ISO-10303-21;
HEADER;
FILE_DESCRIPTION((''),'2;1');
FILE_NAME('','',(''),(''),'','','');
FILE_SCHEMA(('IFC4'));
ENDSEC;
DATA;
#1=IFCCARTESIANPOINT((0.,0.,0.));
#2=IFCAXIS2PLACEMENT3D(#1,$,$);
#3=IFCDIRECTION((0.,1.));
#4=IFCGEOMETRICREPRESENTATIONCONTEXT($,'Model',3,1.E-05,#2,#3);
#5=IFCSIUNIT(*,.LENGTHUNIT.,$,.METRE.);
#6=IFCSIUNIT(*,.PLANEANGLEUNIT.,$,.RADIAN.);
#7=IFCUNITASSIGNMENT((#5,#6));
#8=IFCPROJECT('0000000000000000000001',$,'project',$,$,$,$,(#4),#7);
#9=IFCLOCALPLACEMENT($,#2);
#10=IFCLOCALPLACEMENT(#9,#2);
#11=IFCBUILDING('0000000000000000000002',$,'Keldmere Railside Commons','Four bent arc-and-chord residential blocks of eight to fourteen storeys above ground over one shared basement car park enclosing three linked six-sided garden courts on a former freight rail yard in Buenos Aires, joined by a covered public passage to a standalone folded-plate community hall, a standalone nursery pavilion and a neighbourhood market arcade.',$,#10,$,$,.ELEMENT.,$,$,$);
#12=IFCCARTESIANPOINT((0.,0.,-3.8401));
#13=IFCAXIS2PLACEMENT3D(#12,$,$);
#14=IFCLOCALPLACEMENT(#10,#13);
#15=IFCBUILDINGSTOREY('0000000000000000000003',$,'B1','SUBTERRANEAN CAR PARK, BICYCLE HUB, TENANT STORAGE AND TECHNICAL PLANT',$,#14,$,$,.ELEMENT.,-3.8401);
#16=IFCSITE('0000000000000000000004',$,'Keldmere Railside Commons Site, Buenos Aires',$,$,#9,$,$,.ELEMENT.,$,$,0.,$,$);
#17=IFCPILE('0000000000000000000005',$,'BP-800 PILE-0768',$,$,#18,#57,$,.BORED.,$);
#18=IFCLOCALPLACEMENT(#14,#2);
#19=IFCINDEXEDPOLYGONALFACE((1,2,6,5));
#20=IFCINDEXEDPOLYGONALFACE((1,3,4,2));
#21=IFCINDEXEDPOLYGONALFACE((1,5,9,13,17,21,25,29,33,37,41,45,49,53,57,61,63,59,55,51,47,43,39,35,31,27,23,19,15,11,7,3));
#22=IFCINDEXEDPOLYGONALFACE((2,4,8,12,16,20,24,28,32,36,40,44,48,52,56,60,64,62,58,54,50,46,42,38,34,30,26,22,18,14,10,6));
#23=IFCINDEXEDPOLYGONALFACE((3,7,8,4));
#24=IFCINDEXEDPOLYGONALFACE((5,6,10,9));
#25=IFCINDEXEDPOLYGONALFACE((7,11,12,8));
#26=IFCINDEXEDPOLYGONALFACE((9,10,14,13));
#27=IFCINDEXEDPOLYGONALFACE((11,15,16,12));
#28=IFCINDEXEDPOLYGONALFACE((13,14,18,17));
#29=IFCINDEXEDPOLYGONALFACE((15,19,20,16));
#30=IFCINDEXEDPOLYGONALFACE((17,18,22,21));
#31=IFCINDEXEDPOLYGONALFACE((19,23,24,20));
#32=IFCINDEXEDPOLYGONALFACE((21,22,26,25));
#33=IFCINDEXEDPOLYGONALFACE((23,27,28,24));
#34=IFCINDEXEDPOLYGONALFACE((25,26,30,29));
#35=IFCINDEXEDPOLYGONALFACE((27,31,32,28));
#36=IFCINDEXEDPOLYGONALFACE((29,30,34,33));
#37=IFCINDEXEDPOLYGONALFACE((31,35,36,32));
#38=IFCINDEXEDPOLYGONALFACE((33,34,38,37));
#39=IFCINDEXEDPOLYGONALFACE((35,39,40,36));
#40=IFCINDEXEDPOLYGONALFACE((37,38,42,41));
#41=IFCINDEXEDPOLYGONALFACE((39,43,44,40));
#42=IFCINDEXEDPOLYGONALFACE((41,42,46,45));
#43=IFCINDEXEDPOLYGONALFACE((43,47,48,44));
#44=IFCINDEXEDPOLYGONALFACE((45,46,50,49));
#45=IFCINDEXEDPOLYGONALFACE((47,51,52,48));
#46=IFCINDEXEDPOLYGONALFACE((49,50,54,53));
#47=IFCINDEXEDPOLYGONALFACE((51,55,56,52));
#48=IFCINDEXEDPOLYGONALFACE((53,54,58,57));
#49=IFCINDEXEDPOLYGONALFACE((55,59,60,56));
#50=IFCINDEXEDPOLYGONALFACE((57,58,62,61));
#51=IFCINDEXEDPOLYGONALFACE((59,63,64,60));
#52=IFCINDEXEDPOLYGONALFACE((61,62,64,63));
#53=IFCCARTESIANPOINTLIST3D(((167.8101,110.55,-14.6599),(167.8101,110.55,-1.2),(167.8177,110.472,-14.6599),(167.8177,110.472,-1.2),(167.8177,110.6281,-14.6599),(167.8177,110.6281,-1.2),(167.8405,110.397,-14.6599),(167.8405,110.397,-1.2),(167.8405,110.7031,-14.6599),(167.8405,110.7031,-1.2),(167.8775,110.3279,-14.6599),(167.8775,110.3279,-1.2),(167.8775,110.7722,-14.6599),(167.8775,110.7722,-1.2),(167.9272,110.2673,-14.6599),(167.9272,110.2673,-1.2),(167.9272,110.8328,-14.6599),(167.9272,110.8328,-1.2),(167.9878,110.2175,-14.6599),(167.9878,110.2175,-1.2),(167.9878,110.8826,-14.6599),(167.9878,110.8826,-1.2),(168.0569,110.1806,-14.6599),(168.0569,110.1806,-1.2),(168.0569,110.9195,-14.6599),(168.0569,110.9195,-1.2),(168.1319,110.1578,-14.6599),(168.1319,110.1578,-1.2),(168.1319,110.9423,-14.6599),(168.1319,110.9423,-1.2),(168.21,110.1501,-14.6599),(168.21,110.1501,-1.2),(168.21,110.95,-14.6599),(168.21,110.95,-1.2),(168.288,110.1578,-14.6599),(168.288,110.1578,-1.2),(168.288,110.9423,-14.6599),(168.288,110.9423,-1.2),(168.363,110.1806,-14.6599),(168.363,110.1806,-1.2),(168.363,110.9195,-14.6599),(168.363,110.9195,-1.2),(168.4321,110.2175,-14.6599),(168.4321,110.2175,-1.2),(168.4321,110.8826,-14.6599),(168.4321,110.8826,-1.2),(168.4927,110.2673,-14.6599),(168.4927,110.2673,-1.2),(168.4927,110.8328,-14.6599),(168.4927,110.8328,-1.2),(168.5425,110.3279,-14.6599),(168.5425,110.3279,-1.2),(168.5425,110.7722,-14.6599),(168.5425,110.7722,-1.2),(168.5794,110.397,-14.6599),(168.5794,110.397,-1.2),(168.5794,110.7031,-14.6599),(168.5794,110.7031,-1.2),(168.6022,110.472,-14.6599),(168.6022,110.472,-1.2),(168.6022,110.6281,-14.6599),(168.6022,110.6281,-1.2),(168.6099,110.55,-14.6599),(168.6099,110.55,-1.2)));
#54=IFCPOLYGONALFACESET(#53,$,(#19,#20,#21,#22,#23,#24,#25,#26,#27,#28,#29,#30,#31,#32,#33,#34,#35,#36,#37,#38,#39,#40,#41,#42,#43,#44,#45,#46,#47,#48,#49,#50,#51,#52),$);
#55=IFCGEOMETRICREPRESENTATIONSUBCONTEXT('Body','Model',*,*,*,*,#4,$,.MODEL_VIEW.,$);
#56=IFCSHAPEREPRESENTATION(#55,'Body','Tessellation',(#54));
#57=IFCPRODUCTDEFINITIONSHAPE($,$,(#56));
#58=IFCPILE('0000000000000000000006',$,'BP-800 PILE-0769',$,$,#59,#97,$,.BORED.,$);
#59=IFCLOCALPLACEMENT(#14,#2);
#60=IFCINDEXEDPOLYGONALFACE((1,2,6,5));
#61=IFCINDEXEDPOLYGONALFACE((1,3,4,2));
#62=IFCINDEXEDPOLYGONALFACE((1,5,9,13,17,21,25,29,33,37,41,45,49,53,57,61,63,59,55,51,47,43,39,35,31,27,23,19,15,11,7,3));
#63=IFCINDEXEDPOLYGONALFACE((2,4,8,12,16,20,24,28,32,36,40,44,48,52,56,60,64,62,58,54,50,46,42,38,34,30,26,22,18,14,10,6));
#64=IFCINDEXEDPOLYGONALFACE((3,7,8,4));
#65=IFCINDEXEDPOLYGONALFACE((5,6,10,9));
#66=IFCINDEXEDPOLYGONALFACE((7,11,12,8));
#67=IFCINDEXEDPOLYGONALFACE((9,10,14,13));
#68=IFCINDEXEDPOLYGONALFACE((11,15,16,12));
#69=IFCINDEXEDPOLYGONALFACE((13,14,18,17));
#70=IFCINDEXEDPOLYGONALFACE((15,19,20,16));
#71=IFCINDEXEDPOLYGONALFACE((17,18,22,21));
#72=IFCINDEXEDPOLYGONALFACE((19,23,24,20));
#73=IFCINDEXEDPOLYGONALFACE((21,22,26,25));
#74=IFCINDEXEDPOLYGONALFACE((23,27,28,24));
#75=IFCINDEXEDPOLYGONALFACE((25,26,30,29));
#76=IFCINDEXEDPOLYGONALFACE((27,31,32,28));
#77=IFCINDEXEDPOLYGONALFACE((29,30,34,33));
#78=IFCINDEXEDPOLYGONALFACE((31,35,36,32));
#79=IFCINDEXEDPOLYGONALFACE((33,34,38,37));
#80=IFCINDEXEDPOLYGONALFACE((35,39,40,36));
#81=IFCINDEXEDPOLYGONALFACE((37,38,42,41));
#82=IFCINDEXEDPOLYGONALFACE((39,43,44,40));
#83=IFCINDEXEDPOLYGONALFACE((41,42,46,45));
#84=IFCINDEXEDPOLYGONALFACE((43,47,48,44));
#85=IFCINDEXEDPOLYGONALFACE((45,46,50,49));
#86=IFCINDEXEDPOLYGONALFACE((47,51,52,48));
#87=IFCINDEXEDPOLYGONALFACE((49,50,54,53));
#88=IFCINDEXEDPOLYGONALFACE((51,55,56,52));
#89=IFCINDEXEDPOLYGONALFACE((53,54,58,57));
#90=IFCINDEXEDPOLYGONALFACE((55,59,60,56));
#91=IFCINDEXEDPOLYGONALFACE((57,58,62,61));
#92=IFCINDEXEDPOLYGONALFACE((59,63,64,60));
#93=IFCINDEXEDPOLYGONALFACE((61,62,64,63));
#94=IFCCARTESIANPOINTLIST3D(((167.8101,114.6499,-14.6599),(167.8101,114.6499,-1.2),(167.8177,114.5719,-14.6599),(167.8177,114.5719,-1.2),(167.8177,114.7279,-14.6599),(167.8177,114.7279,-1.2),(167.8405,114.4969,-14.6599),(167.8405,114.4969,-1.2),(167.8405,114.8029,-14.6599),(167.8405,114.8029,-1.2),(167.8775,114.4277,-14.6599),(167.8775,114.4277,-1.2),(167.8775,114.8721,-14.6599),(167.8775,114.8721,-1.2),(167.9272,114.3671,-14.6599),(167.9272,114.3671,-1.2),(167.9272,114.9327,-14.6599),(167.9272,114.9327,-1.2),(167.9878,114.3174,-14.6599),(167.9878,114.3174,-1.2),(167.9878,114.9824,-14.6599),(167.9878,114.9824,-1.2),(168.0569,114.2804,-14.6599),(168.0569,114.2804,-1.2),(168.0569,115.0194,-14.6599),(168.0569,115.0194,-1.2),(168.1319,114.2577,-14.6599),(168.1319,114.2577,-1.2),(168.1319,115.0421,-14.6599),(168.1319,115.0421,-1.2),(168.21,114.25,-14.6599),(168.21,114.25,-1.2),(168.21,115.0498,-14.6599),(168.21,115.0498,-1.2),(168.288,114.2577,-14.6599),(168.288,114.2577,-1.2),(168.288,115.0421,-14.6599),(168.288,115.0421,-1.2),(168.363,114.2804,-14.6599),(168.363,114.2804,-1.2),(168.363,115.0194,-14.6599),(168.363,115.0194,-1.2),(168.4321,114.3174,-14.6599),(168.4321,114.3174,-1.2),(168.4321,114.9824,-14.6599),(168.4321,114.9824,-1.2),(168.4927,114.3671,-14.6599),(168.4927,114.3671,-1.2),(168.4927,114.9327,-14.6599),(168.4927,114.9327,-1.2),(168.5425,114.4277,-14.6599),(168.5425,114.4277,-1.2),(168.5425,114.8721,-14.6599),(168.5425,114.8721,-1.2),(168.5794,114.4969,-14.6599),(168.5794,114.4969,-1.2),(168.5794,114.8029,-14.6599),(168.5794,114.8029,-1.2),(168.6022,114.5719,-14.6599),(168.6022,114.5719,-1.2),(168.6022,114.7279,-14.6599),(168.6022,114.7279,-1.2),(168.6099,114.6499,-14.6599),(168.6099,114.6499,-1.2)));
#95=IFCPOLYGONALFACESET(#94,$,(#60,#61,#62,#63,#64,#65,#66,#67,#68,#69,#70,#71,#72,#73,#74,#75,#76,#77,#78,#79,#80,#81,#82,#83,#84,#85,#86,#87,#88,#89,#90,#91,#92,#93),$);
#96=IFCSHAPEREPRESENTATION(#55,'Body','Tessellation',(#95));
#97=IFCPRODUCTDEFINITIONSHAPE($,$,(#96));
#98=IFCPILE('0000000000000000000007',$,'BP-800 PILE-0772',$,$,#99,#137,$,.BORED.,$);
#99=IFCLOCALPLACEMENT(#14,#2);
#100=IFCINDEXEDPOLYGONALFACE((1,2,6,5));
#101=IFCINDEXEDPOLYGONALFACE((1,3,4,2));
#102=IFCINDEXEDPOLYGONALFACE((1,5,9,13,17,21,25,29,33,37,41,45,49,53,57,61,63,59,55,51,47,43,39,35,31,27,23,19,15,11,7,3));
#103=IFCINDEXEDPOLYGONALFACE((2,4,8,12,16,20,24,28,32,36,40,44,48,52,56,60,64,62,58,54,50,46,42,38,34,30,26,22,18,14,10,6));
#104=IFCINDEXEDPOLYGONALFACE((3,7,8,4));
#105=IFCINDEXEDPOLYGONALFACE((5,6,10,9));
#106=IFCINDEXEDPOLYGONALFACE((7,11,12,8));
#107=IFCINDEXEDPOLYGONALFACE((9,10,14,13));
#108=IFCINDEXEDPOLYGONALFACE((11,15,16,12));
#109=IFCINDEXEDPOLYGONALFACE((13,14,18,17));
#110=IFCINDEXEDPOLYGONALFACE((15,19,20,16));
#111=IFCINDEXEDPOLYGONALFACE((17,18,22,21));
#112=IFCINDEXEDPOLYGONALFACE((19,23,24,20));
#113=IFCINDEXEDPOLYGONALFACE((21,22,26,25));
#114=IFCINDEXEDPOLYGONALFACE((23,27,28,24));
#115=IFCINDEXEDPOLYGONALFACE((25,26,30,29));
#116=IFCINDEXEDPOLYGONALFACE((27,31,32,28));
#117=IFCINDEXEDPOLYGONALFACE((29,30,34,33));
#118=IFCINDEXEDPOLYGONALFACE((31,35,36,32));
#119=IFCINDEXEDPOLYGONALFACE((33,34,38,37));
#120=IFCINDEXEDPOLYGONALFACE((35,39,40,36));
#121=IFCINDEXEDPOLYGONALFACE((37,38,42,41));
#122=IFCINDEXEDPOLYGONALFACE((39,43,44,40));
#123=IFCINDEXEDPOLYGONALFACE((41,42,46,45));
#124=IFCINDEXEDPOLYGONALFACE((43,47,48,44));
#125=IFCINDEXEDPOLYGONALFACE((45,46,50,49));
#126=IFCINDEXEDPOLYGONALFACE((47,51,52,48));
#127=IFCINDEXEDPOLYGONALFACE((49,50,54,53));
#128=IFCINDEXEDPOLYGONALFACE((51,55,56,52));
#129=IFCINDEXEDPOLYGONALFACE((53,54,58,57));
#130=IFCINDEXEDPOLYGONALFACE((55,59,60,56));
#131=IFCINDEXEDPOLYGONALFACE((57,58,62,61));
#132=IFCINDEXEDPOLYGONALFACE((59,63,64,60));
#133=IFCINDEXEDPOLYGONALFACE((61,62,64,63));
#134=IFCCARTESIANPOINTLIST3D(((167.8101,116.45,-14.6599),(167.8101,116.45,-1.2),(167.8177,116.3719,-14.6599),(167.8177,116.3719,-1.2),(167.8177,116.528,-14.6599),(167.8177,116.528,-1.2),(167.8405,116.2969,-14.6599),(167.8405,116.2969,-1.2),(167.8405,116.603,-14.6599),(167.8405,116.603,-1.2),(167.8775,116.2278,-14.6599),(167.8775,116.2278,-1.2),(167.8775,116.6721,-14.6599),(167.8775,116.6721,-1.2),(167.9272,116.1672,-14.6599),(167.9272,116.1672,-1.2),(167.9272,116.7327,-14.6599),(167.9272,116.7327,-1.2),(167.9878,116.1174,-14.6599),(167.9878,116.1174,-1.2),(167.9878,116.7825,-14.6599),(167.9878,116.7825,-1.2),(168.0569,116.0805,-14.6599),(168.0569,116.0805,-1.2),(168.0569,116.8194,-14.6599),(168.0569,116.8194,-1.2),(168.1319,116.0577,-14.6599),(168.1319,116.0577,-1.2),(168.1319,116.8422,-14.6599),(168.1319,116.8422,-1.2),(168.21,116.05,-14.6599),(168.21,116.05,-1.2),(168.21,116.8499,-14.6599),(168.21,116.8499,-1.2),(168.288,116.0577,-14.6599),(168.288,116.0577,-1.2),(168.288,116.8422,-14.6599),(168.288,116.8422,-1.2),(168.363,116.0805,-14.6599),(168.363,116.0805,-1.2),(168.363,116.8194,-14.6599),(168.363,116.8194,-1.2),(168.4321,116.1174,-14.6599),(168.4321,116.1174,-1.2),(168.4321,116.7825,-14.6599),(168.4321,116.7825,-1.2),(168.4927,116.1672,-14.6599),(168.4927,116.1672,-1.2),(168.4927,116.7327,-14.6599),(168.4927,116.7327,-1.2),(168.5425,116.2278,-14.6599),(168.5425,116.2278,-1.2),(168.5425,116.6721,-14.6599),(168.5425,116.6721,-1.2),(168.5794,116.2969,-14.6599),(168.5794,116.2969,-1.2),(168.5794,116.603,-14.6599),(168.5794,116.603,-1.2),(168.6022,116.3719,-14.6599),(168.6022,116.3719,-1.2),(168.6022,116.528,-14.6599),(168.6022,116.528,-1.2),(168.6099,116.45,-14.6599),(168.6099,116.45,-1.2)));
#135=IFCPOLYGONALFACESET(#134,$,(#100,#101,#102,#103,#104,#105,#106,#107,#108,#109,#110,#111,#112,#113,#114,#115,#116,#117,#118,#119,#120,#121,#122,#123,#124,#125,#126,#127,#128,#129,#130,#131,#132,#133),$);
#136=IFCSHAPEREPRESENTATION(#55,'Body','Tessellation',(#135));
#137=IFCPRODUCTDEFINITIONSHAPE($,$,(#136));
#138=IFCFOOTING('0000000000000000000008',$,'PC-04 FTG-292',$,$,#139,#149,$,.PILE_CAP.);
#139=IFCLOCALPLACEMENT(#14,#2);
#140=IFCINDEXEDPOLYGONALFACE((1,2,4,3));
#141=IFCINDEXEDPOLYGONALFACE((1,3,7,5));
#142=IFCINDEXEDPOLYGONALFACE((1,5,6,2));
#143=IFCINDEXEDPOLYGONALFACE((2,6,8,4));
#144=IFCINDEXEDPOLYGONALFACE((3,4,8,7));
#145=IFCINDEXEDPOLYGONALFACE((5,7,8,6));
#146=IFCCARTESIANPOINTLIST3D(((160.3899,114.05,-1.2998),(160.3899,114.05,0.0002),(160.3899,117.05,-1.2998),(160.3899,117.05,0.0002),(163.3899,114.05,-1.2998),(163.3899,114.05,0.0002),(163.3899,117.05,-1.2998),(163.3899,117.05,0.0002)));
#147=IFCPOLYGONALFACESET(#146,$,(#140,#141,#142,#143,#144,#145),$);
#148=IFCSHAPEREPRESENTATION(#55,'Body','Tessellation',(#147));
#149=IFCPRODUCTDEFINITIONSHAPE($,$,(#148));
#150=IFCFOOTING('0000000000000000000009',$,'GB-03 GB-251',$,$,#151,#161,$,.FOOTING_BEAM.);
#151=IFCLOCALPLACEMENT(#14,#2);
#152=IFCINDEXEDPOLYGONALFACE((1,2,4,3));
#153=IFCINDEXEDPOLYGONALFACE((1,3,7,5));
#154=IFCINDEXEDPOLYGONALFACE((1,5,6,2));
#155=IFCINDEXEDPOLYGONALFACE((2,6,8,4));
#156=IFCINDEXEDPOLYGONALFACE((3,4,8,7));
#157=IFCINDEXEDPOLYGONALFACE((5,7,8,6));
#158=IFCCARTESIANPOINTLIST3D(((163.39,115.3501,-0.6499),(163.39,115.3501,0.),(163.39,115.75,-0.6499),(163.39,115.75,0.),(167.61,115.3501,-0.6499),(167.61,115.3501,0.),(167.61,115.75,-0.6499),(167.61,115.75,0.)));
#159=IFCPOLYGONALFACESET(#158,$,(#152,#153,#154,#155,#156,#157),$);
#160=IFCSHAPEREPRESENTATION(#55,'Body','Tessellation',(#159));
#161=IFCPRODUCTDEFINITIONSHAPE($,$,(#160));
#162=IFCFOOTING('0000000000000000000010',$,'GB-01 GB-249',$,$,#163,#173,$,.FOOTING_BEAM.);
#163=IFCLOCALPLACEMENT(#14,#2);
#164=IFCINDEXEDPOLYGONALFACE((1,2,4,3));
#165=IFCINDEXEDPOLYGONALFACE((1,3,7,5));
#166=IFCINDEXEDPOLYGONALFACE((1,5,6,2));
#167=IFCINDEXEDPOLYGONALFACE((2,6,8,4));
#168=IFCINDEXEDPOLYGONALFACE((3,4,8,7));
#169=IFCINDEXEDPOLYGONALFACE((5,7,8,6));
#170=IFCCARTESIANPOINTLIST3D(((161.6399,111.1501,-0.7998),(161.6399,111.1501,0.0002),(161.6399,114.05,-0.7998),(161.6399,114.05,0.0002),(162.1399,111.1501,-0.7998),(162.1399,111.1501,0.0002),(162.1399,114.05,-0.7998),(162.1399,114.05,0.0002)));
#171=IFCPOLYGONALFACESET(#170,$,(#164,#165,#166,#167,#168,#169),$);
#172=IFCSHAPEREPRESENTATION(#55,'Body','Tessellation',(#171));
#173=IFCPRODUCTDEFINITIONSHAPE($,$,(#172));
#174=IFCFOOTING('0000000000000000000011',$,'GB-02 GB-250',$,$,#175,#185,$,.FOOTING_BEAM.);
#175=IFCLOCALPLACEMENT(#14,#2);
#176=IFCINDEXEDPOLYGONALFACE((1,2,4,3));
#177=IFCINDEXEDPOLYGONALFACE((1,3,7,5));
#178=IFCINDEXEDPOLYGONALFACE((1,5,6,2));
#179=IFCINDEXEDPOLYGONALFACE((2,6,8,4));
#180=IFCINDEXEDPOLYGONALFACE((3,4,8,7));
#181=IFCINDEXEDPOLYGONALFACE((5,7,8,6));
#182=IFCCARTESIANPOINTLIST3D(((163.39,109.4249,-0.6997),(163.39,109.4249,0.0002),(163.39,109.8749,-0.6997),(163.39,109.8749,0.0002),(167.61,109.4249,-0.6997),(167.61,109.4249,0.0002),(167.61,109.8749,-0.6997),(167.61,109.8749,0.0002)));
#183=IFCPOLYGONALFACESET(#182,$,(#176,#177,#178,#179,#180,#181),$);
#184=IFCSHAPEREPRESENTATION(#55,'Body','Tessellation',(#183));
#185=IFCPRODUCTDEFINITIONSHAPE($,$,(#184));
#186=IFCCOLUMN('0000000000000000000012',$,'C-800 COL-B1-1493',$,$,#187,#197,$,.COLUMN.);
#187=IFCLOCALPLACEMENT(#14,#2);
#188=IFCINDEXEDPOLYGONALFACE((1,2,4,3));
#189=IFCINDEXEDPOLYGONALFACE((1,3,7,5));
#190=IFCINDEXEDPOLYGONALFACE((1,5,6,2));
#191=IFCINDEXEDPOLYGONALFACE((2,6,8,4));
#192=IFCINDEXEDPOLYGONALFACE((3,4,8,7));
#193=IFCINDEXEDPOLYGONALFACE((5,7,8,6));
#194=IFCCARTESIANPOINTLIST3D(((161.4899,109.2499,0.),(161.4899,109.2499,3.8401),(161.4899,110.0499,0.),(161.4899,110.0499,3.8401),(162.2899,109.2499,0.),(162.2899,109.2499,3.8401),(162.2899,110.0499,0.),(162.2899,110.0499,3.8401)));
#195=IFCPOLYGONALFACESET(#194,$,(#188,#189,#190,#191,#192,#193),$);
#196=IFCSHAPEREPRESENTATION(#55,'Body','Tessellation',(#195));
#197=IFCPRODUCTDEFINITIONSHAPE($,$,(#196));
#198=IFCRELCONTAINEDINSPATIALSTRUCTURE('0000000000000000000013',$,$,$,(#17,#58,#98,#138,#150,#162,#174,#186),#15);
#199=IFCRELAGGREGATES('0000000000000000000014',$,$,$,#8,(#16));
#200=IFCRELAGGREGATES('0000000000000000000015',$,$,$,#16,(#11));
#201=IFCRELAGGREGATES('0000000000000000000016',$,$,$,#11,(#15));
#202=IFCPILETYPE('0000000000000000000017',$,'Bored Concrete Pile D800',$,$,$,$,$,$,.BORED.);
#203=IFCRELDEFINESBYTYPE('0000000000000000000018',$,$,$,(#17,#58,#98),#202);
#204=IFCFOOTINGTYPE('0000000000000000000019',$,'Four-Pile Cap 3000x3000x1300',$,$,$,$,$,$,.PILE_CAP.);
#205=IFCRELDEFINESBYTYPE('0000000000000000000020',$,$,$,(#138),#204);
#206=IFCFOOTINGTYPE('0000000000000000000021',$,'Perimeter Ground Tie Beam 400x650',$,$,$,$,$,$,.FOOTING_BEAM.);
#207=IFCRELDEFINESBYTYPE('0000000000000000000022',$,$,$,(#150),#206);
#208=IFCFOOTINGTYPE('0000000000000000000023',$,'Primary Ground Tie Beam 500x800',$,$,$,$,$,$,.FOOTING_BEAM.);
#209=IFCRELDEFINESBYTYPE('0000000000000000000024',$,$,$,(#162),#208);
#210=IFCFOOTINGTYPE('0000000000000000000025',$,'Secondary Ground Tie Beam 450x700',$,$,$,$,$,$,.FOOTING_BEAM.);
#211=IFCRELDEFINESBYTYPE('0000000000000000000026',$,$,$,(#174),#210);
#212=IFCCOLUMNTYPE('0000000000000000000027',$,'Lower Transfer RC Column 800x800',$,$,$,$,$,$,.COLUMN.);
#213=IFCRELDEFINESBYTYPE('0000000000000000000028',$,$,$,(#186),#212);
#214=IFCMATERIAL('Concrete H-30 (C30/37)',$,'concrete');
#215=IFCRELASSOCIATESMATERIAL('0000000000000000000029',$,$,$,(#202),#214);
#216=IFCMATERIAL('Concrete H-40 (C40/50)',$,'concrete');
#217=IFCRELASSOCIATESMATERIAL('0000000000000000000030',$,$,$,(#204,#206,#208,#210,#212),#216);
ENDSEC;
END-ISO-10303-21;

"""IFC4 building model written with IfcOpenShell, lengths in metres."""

from ifc_helpers import new_model, si_unit, direction, frame, origin, origin_2d, place, context, subcontext, project, spatial, rectangle, circle, extrude, material, material_profile, profile_set, type_object, element, save


model = new_model("IFC4")

# Units and contexts
model_context = context("Model", 3, precision=1e-05, world=origin(), true_north=direction((0.0, 1.0)))
body_context = subcontext(model_context, "Body", "Model", "MODEL_VIEW")
ifc_project = project(units=[si_unit("LENGTHUNIT", "METRE"), si_unit("PLANEANGLEUNIT", "RADIAN")], contexts=[model_context])

# Site, building, storey
site_placement = place(None, origin())
site = spatial("IfcSite", under=ifc_project, at=site_placement, Name="Keldmere Railside Commons Site, Buenos Aires", CompositionType="ELEMENT", RefElevation=0.0)
building_placement = place(site_placement, origin())
building = spatial("IfcBuilding", under=site, at=building_placement, Name="Keldmere Railside Commons", Description="Four bent arc-and-chord residential blocks of eight to fourteen storeys above ground over one shared basement car park enclosing three linked six-sided garden courts on a former freight rail yard in Buenos Aires, joined by a covered public passage to a standalone folded-plate community hall, a standalone nursery pavilion and a neighbourhood market arcade.", CompositionType="ELEMENT")
storey_placement = place(building_placement, frame((0.0, 0.0, -3.8401)))
storey = spatial("IfcBuildingStorey", under=building, at=storey_placement, Name="B1", Description="SUBTERRANEAN CAR PARK, BICYCLE HUB, TENANT STORAGE AND TECHNICAL PLANT", CompositionType="ELEMENT", Elevation=-3.8401)

# Piles
ifc_material_1 = material(Name="Concrete H-30 (C30/37)", Category="concrete")
ifc_material_profile_1 = material_profile(ifc_material_1, circle(Radius=0.3999, at=origin_2d()), Name="PILE-D800")
ifc_profile_set_1 = profile_set([ifc_material_profile_1], Name="Concrete H-30 (C30/37)")
pile_type = type_object("IfcPileType", Name="Bored Concrete Pile D800", PredefinedType="BORED", material=ifc_profile_set_1)
for number, where, z_axis, x_axis, name in (
    (1, (168.21, 110.55, -1.2), (0.0, 0.0, -1.0), (1.0, 0.0, 0.0), "BP-800 PILE-0768"),
    (2, (168.21, 114.6499, -1.2), (0.0, 0.0, -1.0), (1.0, 0.0, 0.0), "BP-800 PILE-0769"),
    (3, (168.21, 116.45, -1.2), (0.0, 0.0, -1.0), (1.0, 0.0, 0.0), "BP-800 PILE-0772"),
):
    element("IfcPile", number, at=place(storey_placement, frame(where, z_axis=z_axis, x_axis=x_axis)), inside=storey, type_object=pile_type, Name=name, PredefinedType="BORED", context=body_context, shape_type="SweptSolid", body=[
        extrude(circle(Radius=0.3999, at=origin_2d()), origin(), (0.0, 0.0, 1.0), 13.46),
    ])

# Footings
ifc_material_2 = material(Name="Concrete H-40 (C40/50)", Category="concrete")
footing_type_1 = type_object("IfcFootingType", Name="Four-Pile Cap 3000x3000x1300", PredefinedType="PILE_CAP", material=ifc_material_2)
footing_1_placement = place(storey_placement, frame((161.8899, 115.55, -1.2998), z_axis=(0.0, 0.0, 1.0), x_axis=(1.0, 0.0, 0.0)))
element("IfcFooting", 4, at=footing_1_placement, inside=storey, type_object=footing_type_1, Name="PC-04 FTG-292", PredefinedType="PILE_CAP", context=body_context, shape_type="SweptSolid", body=[
    extrude(rectangle(XDim=3.0, YDim=3.0, at=origin_2d()), origin(), (0.0, 0.0, 1.0), 1.3),
])
footing_type_2 = type_object("IfcFootingType", Name="Perimeter Ground Tie Beam 400x650", PredefinedType="FOOTING_BEAM", material=ifc_material_2)
footing_2_placement = place(storey_placement, frame((165.5, 115.55, -0.6499), z_axis=(0.0, 0.0, 1.0), x_axis=(1.0, 0.0, 0.0)))
element("IfcFooting", 5, at=footing_2_placement, inside=storey, type_object=footing_type_2, Name="GB-03 GB-251", PredefinedType="FOOTING_BEAM", context=body_context, shape_type="SweptSolid", body=[
    extrude(rectangle(XDim=4.22, YDim=0.3999, at=origin_2d()), origin(), (0.0, 0.0, 1.0), 0.6499),
])
footing_type_3 = type_object("IfcFootingType", Name="Primary Ground Tie Beam 500x800", PredefinedType="FOOTING_BEAM", material=ifc_material_2)
footing_3_placement = place(storey_placement, frame((161.8899, 112.6001, -0.7998), z_axis=(0.0, 0.0, 1.0), x_axis=(0.0, 1.0, 0.0)))
element("IfcFooting", 6, at=footing_3_placement, inside=storey, type_object=footing_type_3, Name="GB-01 GB-249", PredefinedType="FOOTING_BEAM", context=body_context, shape_type="SweptSolid", body=[
    extrude(rectangle(XDim=2.8999, YDim=0.5, at=origin_2d()), origin(), (0.0, 0.0, 1.0), 0.8),
])
footing_type_4 = type_object("IfcFootingType", Name="Secondary Ground Tie Beam 450x700", PredefinedType="FOOTING_BEAM", material=ifc_material_2)
footing_4_placement = place(storey_placement, frame((165.5, 109.6499, -0.6997), z_axis=(0.0, 0.0, 1.0), x_axis=(1.0, 0.0, 0.0)))
element("IfcFooting", 7, at=footing_4_placement, inside=storey, type_object=footing_type_4, Name="GB-02 GB-250", PredefinedType="FOOTING_BEAM", context=body_context, shape_type="SweptSolid", body=[
    extrude(rectangle(XDim=4.22, YDim=0.45, at=origin_2d()), origin(), (0.0, 0.0, 1.0), 0.7),
])

# Column
ifc_material_profile_2 = material_profile(ifc_material_2, rectangle(XDim=0.8, YDim=0.8, at=origin_2d()), Name="RC-800x800")
ifc_profile_set_2 = profile_set([ifc_material_profile_2], Name="Concrete H-40 (C40/50)")
column_type = type_object("IfcColumnType", Name="Lower Transfer RC Column 800x800", PredefinedType="COLUMN", material=ifc_profile_set_2)
for number, where, z_axis, x_axis, name in (
    (8, (161.8899, 109.6499, 0.0), (0.0, 0.0, 1.0), (1.0, 0.0, 0.0), "C-800 COL-B1-1493"),
):
    element("IfcColumn", number, at=place(storey_placement, frame(where, z_axis=z_axis, x_axis=x_axis)), inside=storey, type_object=column_type, Name=name, PredefinedType="COLUMN", context=body_context, shape_type="SweptSolid", body=[
        extrude(rectangle(XDim=0.8, YDim=0.8, at=origin_2d()), origin(), (0.0, 0.0, 1.0), 3.8401),
    ])

save(model, "model.ifc")
